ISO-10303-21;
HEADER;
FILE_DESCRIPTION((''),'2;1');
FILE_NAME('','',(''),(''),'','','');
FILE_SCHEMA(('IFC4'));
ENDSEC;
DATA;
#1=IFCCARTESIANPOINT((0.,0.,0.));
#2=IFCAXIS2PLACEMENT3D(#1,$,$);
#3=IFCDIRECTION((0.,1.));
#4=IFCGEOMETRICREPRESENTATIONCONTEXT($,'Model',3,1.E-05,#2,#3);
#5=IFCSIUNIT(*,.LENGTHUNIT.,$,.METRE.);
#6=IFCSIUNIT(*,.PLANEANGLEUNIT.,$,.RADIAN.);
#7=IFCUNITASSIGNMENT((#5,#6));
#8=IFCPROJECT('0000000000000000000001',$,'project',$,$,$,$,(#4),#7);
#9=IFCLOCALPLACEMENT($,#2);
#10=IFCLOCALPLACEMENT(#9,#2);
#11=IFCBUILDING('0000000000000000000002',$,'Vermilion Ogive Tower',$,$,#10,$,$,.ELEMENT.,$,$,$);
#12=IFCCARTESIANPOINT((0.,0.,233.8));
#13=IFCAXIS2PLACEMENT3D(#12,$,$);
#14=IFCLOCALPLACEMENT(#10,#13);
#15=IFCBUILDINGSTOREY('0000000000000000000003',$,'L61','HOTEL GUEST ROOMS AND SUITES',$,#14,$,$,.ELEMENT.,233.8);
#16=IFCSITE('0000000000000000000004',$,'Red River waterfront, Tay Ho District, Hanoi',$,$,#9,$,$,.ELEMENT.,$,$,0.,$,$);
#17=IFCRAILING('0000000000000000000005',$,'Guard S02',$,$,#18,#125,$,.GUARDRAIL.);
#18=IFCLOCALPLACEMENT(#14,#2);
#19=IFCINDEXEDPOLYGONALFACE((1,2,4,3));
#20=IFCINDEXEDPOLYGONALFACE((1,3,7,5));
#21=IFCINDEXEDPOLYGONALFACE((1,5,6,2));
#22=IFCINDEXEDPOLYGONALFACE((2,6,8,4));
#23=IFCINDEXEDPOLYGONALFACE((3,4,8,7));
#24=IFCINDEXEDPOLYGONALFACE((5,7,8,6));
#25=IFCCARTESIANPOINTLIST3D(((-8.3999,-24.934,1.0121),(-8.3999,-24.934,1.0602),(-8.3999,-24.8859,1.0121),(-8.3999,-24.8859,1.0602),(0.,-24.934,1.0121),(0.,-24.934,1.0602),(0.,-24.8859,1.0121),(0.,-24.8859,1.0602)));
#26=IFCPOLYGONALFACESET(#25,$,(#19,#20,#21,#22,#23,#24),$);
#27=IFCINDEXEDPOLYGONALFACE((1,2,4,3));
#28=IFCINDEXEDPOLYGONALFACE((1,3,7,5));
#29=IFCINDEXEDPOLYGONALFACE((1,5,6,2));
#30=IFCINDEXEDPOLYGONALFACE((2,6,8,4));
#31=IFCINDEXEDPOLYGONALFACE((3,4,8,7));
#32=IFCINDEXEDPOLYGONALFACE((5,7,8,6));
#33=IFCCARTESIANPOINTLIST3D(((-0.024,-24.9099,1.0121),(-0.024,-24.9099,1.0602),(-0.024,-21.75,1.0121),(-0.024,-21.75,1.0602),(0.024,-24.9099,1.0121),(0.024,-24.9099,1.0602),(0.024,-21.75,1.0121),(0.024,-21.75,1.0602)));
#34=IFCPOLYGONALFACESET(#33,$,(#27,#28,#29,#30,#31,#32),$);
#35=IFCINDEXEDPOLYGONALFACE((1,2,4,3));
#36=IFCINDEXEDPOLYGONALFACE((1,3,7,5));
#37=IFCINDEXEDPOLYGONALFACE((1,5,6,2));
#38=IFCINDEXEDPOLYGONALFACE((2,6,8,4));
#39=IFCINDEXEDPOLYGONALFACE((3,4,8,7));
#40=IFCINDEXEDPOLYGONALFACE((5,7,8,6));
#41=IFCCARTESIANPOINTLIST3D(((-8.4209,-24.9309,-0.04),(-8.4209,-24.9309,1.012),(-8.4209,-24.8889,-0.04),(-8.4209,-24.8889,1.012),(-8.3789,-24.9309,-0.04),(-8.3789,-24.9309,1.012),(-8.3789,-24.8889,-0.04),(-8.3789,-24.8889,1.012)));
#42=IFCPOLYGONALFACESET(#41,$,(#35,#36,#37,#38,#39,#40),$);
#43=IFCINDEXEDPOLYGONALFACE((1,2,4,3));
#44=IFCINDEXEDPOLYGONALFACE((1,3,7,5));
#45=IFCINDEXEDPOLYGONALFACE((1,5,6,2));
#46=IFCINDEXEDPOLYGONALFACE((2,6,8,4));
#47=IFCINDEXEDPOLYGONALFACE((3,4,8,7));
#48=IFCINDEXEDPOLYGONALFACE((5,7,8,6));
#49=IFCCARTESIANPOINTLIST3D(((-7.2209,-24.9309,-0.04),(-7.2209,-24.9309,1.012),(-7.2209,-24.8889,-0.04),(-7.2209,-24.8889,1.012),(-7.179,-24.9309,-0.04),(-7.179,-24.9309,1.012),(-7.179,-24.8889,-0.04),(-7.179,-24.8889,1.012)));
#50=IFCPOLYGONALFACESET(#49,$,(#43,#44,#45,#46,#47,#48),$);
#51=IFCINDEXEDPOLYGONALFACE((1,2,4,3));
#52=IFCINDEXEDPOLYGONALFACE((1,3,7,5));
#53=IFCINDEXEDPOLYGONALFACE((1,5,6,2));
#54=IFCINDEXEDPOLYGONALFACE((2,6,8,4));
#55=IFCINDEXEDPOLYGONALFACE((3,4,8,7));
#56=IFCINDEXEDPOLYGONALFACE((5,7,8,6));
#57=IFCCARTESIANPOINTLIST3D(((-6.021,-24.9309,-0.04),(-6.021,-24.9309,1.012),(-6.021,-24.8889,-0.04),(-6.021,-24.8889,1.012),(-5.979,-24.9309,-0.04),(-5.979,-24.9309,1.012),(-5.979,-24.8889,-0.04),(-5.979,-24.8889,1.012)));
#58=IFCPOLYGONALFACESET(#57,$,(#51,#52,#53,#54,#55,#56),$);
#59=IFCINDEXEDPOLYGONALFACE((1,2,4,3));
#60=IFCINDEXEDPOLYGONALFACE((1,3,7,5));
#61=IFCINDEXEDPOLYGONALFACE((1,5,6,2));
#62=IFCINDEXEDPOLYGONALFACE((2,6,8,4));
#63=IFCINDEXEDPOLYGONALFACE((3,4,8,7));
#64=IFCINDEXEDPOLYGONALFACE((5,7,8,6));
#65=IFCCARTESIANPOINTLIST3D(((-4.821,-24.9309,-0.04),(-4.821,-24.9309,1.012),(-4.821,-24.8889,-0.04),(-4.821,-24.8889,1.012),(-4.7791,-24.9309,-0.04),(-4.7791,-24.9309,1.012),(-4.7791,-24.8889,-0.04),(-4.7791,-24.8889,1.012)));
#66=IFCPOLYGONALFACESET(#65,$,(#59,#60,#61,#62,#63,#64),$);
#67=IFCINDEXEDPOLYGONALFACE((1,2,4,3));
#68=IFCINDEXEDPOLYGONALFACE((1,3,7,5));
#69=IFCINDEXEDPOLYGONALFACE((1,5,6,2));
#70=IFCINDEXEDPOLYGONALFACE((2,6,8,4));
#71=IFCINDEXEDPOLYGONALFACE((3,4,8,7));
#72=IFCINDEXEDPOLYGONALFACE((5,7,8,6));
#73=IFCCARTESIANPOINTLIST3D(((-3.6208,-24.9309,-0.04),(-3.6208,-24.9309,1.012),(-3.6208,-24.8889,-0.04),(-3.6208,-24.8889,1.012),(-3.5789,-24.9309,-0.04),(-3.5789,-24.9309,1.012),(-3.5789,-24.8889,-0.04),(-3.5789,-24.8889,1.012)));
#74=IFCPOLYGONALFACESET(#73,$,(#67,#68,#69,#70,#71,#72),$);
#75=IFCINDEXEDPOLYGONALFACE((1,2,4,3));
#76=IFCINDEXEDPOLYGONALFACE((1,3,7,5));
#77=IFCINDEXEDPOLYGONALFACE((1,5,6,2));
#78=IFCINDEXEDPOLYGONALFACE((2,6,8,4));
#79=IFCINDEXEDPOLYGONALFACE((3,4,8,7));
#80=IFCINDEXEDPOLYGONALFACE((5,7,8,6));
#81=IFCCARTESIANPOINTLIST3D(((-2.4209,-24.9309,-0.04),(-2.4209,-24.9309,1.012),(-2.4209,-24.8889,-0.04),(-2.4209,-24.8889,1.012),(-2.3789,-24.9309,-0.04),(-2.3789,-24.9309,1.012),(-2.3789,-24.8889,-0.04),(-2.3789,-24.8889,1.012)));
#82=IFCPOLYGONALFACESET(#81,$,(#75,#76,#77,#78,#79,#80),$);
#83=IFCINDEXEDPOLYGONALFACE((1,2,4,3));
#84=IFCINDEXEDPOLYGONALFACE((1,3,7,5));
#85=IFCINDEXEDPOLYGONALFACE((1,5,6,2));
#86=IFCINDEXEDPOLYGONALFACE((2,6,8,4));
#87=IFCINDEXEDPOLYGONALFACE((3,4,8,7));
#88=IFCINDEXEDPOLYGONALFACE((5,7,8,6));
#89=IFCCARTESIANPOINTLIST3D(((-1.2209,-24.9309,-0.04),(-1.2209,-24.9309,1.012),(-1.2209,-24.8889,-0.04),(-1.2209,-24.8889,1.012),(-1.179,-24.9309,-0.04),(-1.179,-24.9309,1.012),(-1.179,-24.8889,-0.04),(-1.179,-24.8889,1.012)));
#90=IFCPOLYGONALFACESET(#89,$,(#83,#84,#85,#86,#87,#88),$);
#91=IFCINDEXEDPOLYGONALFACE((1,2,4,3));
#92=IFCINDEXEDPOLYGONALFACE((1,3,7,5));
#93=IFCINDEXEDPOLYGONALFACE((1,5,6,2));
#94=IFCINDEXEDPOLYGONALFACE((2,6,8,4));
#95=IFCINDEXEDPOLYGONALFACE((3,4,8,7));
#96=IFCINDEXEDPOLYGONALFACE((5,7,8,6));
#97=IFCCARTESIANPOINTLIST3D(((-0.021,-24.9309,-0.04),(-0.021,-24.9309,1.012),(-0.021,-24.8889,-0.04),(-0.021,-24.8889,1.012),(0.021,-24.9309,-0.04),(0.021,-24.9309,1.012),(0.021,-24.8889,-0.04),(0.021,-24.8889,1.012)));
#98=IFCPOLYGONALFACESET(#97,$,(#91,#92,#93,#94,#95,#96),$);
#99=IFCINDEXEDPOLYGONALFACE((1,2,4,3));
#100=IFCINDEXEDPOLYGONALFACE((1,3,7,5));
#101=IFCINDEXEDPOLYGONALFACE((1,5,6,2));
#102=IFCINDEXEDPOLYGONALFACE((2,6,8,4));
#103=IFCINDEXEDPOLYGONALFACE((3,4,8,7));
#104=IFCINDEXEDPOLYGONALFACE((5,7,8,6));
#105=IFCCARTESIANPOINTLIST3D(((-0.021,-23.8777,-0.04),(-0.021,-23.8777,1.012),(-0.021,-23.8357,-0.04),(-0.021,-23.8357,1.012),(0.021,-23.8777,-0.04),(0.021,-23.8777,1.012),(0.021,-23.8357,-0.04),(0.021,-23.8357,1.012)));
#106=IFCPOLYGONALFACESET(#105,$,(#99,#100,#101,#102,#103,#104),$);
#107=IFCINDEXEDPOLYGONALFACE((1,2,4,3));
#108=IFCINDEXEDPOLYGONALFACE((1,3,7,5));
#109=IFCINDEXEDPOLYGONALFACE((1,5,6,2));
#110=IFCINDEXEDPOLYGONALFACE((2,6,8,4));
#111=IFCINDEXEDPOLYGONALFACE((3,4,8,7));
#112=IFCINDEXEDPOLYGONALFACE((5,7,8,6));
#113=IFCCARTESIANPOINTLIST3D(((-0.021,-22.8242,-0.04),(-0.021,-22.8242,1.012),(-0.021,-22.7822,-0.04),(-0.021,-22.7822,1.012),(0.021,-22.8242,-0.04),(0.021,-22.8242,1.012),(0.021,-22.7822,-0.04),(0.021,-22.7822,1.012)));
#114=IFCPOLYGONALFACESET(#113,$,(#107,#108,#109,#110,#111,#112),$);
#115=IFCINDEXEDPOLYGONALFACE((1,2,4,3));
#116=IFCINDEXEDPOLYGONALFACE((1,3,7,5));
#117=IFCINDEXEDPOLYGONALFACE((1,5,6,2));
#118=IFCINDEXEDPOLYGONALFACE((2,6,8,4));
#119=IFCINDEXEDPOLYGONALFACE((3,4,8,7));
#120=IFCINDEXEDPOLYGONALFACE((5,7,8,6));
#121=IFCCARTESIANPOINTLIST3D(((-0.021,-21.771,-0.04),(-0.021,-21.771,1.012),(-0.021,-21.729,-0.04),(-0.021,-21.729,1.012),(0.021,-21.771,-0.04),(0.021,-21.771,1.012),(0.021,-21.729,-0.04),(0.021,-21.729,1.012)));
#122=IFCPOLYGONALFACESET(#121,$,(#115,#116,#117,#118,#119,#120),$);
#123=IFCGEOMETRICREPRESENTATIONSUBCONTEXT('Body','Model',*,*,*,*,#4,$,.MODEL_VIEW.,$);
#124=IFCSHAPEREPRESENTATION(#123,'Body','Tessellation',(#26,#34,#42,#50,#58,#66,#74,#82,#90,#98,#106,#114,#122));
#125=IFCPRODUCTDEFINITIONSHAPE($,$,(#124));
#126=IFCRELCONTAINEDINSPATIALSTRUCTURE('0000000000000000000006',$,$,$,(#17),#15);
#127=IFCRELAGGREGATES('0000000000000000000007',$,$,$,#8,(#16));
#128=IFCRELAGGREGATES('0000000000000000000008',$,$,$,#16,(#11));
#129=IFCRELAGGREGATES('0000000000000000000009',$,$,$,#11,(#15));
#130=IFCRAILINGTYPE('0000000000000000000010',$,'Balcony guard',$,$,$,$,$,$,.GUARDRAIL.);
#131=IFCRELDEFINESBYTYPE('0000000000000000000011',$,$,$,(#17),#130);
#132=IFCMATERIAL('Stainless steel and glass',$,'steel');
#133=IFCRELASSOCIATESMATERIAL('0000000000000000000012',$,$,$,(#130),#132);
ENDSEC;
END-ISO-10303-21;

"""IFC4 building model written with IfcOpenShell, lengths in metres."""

from ifc_helpers import new_model, si_unit, direction, frame, origin, origin_2d, place, context, subcontext, project, spatial, rectangle, extrude, material, type_object, element, save


model = new_model("IFC4")

# Units and contexts
model_context = context("Model", 3, precision=1e-05, world=origin(), true_north=direction((0.0, 1.0)))
body_context = subcontext(model_context, "Body", "Model", "MODEL_VIEW")
ifc_project = project(units=[si_unit("LENGTHUNIT", "METRE"), si_unit("PLANEANGLEUNIT", "RADIAN")], contexts=[model_context])

# Site, building, storey
site_placement = place(None, origin())
site = spatial("IfcSite", under=ifc_project, at=site_placement, Name="Red River waterfront, Tay Ho District, Hanoi", CompositionType="ELEMENT", RefElevation=0.0)
building_placement = place(site_placement, origin())
building = spatial("IfcBuilding", under=site, at=building_placement, Name="Vermilion Ogive Tower", CompositionType="ELEMENT")
storey_placement = place(building_placement, frame((0.0, 0.0, 233.8)))
storey = spatial("IfcBuildingStorey", under=building, at=storey_placement, Name="L61", Description="HOTEL GUEST ROOMS AND SUITES", CompositionType="ELEMENT", Elevation=233.8)

# Railing
ifc_material_1 = material(Name="Stainless steel and glass", Category="steel")
railing_type = type_object("IfcRailingType", Name="Balcony guard", PredefinedType="GUARDRAIL", material=ifc_material_1)
railing_placement = place(storey_placement, frame((-8.3999, -24.9099, -0.04)))
element("IfcRailing", 1, at=railing_placement, inside=storey, type_object=railing_type, Name="Guard S02", PredefinedType="GUARDRAIL", context=body_context, shape_type="SweptSolid", body=[
    extrude(rectangle(XDim=0.0481, YDim=0.0481, at=origin_2d()), frame((0.0, 0.0, 1.0762), z_axis=(1.0, 0.0, 0.0), x_axis=(0.0, 1.0, 0.0)), (0.0, 0.0, 1.0), 8.3999),
    extrude(rectangle(XDim=0.0481, YDim=0.0481, at=origin_2d()), frame((8.3999, 0.0, 1.0762), z_axis=(0.0, 1.0, 0.0), x_axis=(-1.0, 0.0, 0.0)), (0.0, 0.0, 1.0), 3.1599),
    extrude(rectangle(XDim=0.042, YDim=0.042, at=origin_2d()), origin(), (0.0, 0.0, 1.0), 1.052),
    extrude(rectangle(XDim=0.042, YDim=0.042, at=origin_2d()), frame((1.2, 0.0, 0.0)), (0.0, 0.0, 1.0), 1.052),
    extrude(rectangle(XDim=0.042, YDim=0.042, at=origin_2d()), frame((2.3999, 0.0, 0.0)), (0.0, 0.0, 1.0), 1.052),
    extrude(rectangle(XDim=0.042, YDim=0.042, at=origin_2d()), frame((3.5999, 0.0, 0.0)), (0.0, 0.0, 1.0), 1.052),
    extrude(rectangle(XDim=0.042, YDim=0.042, at=origin_2d()), frame((4.8, 0.0, 0.0)), (0.0, 0.0, 1.0), 1.052),
    extrude(rectangle(XDim=0.042, YDim=0.042, at=origin_2d()), frame((6.0, 0.0, 0.0)), (0.0, 0.0, 1.0), 1.052),
    extrude(rectangle(XDim=0.042, YDim=0.042, at=origin_2d()), frame((7.2, 0.0, 0.0)), (0.0, 0.0, 1.0), 1.052),
    extrude(rectangle(XDim=0.042, YDim=0.042, at=origin_2d()), frame((8.3999, 0.0, 0.0)), (0.0, 0.0, 1.0), 1.052),
    extrude(rectangle(XDim=0.042, YDim=0.042, at=origin_2d()), frame((8.3999, 1.0532, 0.0)), (0.0, 0.0, 1.0), 1.052),
    extrude(rectangle(XDim=0.042, YDim=0.042, at=origin_2d()), frame((8.3999, 2.1067, 0.0)), (0.0, 0.0, 1.0), 1.052),
    extrude(rectangle(XDim=0.042, YDim=0.042, at=origin_2d()), frame((8.3999, 3.1599, 0.0)), (0.0, 0.0, 1.0), 1.052),
])

save(model, "model.ifc")
